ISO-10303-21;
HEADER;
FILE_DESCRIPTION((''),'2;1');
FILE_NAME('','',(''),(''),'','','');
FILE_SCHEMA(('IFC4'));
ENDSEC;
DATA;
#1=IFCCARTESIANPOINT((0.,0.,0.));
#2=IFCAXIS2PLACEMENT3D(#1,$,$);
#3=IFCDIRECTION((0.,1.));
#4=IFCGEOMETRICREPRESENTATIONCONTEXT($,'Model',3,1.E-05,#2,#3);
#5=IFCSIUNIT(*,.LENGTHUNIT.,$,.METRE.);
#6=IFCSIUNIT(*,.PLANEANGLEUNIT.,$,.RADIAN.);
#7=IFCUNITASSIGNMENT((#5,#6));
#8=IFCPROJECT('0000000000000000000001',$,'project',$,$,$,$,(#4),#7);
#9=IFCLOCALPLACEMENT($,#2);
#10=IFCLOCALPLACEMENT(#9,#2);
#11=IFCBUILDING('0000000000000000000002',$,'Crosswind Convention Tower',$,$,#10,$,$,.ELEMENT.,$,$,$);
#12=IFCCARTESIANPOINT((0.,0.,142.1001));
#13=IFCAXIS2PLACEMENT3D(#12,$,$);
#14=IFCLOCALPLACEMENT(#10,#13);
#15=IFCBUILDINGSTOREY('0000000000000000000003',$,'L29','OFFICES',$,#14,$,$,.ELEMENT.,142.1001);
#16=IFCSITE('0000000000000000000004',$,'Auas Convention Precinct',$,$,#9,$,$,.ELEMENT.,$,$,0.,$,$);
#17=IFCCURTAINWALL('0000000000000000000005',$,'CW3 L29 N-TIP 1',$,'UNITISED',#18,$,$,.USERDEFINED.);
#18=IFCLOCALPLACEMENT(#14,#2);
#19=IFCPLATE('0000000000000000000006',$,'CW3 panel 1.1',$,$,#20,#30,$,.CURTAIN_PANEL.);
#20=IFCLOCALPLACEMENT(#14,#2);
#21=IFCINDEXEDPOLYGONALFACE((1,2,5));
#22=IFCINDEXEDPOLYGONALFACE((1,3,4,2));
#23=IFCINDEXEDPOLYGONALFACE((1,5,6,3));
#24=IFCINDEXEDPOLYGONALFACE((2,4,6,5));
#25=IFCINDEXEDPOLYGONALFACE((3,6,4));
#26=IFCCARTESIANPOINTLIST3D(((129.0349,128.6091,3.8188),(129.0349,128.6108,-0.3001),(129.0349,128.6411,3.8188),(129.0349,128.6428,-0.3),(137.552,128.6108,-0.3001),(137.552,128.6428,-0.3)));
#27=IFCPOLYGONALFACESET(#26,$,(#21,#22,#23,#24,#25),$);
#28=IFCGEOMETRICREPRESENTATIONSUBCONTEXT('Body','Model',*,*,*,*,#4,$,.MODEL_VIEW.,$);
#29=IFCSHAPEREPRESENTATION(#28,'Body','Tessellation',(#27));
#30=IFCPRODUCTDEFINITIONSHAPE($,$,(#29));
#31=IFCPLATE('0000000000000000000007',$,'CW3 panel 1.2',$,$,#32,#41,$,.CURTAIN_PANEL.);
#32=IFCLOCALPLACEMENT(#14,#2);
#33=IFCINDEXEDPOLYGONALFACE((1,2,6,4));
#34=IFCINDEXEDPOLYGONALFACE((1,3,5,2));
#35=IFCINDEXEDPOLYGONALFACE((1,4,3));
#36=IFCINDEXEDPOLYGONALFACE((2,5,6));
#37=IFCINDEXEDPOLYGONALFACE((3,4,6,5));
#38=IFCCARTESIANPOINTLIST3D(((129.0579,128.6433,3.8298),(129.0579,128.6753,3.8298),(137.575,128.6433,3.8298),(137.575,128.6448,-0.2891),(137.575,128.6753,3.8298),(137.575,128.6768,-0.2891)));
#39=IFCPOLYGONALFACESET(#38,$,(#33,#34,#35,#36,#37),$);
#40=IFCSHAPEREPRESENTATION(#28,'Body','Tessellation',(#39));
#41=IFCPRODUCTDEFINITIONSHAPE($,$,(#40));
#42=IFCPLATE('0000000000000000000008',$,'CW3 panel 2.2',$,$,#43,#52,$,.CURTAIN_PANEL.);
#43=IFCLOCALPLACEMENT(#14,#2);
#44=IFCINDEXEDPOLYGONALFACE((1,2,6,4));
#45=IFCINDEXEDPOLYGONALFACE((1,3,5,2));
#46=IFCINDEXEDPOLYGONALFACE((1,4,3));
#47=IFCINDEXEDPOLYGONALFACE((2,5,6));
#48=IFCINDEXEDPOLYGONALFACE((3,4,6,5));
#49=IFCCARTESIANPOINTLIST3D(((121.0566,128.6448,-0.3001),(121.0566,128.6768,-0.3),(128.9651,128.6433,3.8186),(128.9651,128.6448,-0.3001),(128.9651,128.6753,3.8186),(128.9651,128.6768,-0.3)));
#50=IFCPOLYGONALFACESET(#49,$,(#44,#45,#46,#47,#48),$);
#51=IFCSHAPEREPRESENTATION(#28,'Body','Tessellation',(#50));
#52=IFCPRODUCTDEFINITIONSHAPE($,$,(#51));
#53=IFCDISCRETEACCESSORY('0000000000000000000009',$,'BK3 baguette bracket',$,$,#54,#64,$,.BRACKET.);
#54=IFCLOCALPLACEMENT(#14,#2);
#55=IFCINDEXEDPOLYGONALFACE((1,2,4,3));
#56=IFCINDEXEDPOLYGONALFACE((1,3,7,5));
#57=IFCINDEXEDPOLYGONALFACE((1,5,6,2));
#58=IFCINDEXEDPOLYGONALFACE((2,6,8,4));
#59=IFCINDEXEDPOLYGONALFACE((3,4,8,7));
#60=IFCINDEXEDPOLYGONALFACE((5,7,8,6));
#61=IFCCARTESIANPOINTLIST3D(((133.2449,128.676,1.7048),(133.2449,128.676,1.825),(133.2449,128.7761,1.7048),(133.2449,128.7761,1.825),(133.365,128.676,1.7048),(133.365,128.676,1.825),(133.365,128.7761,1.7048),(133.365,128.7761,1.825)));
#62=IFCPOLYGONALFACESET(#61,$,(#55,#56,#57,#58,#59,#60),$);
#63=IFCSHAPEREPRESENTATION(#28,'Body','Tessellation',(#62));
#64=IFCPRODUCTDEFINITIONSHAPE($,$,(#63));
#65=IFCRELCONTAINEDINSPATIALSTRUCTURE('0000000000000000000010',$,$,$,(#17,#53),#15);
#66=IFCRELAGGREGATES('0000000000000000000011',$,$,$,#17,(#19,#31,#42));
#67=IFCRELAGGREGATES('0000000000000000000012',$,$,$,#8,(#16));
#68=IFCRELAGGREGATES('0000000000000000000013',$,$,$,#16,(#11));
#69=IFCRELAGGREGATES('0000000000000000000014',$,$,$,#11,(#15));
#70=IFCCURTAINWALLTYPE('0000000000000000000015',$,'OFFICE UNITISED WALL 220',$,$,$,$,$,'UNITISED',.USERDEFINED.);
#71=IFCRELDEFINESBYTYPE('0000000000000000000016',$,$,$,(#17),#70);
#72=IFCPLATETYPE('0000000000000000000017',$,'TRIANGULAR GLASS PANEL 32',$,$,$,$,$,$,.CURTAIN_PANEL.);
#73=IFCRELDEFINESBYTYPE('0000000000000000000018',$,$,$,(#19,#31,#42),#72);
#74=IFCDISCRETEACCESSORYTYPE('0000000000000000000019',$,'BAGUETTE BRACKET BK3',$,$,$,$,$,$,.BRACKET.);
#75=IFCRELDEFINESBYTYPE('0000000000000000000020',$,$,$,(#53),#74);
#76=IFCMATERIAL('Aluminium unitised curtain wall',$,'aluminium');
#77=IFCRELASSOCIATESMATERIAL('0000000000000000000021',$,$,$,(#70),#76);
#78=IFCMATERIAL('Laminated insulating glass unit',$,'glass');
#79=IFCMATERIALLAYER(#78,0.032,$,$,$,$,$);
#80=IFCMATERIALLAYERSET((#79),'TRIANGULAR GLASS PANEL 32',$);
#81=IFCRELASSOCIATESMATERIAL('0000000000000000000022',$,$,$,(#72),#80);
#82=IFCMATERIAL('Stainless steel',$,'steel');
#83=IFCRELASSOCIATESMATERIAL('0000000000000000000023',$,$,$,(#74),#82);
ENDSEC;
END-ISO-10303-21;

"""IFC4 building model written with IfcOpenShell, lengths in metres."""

from ifc_helpers import new_model, si_unit, direction, frame, origin, origin_2d, place, context, subcontext, project, spatial, polyline, rectangle, outline, extrude, material, layer, layer_set, type_object, element, aggregate, save


model = new_model("IFC4")

# Units and contexts
model_context = context("Model", 3, precision=1e-05, world=origin(), true_north=direction((0.0, 1.0)))
body_context = subcontext(model_context, "Body", "Model", "MODEL_VIEW")
ifc_project = project(units=[si_unit("LENGTHUNIT", "METRE"), si_unit("PLANEANGLEUNIT", "RADIAN")], contexts=[model_context])

# Site, building, storey
site_placement = place(None, origin())
site = spatial("IfcSite", under=ifc_project, at=site_placement, Name="Auas Convention Precinct", CompositionType="ELEMENT", RefElevation=0.0)
building_placement = place(site_placement, origin())
building = spatial("IfcBuilding", under=site, at=building_placement, Name="Crosswind Convention Tower", CompositionType="ELEMENT")
storey_placement = place(building_placement, frame((0.0, 0.0, 142.1001)))
storey = spatial("IfcBuildingStorey", under=building, at=storey_placement, Name="L29", Description="OFFICES", CompositionType="ELEMENT", Elevation=142.1001)

# Curtain wall
ifc_material_1 = material(Name="Aluminium unitised curtain wall", Category="aluminium")
curtain_wall_type = type_object("IfcCurtainWallType", Name="OFFICE UNITISED WALL 220", ElementType="UNITISED", PredefinedType="USERDEFINED", material=ifc_material_1)
curtain_wall_placement = place(storey_placement, origin())
curtain_wall = element("IfcCurtainWall", 1, at=curtain_wall_placement, inside=storey, type_object=curtain_wall_type, Name="CW3 L29 N-TIP 1", ObjectType="UNITISED", PredefinedType="USERDEFINED")

# Plates
ifc_material_2 = material(Name="Laminated insulating glass unit", Category="glass")
ifc_layer = layer(ifc_material_2, 0.032)
ifc_layer_set = layer_set([ifc_layer], Name="TRIANGULAR GLASS PANEL 32")
plate_type = type_object("IfcPlateType", Name="TRIANGULAR GLASS PANEL 32", PredefinedType="CURTAIN_PANEL", material=ifc_layer_set)
plate_1_placement = place(storey_placement, frame((129.0349, 128.6428, -0.3), z_axis=(0.0, 1.0, 0.000415), x_axis=(0.0, -0.000415, 1.0)))
plate_1 = element("IfcPlate", 2, at=plate_1_placement, type_object=plate_type, Name="CW3 panel 1.1", PredefinedType="CURTAIN_PANEL", context=body_context, shape_type="SweptSolid", body=[
    extrude(outline(polyline([(0.0, 0.0), (4.1189, 0.0), (0.0, 8.5171), (0.0, 0.0)])), origin(), (0.0, 0.0, -1.0), 0.032),
])
plate_2_placement = place(storey_placement, frame((137.575, 128.6753, 3.8298), z_axis=(0.0, 1.0, 0.000356), x_axis=(0.0, 0.000356, -1.0)))
plate_2 = element("IfcPlate", 3, at=plate_2_placement, type_object=plate_type, Name="CW3 panel 1.2", PredefinedType="CURTAIN_PANEL", context=body_context, shape_type="SweptSolid", body=[
    extrude(outline(polyline([(0.0, 0.0), (4.1189, 0.0), (0.0, 8.5171), (0.0, 0.0)])), origin(), (0.0, 0.0, -1.0), 0.032),
])
plate_3_placement = place(storey_placement, frame((128.9651, 128.6768, -0.3), z_axis=(0.0, 1.0, 0.000356), x_axis=(-1.0, 0.0, 0.0)))
plate_3 = element("IfcPlate", 4, at=plate_3_placement, type_object=plate_type, Name="CW3 panel 2.2", PredefinedType="CURTAIN_PANEL", context=body_context, shape_type="SweptSolid", body=[
    extrude(outline(polyline([(0.0, 0.0), (7.9084, 0.0), (0.0, 4.1187), (0.0, 0.0)])), origin(), (0.0, 0.0, -1.0), 0.032),
])
aggregate(curtain_wall, [plate_1, plate_2, plate_3])

# Discrete accessory
ifc_material_3 = material(Name="Stainless steel", Category="steel")
discrete_accessory_type = type_object("IfcDiscreteAccessoryType", Name="BAGUETTE BRACKET BK3", PredefinedType="BRACKET", material=ifc_material_3)
discrete_accessory_placement = place(storey_placement, frame((133.3049, 128.7261, 1.7048), z_axis=(0.0, 0.0, 1.0), x_axis=(-1.0, 0.0, 0.0)))
element("IfcDiscreteAccessory", 5, at=discrete_accessory_placement, inside=storey, type_object=discrete_accessory_type, Name="BK3 baguette bracket", PredefinedType="BRACKET", context=body_context, shape_type="SweptSolid", body=[
    extrude(rectangle(XDim=0.1201, YDim=0.1001, at=origin_2d()), origin(), (0.0, 0.0, 1.0), 0.1201),
])

save(model, "model.ifc")
